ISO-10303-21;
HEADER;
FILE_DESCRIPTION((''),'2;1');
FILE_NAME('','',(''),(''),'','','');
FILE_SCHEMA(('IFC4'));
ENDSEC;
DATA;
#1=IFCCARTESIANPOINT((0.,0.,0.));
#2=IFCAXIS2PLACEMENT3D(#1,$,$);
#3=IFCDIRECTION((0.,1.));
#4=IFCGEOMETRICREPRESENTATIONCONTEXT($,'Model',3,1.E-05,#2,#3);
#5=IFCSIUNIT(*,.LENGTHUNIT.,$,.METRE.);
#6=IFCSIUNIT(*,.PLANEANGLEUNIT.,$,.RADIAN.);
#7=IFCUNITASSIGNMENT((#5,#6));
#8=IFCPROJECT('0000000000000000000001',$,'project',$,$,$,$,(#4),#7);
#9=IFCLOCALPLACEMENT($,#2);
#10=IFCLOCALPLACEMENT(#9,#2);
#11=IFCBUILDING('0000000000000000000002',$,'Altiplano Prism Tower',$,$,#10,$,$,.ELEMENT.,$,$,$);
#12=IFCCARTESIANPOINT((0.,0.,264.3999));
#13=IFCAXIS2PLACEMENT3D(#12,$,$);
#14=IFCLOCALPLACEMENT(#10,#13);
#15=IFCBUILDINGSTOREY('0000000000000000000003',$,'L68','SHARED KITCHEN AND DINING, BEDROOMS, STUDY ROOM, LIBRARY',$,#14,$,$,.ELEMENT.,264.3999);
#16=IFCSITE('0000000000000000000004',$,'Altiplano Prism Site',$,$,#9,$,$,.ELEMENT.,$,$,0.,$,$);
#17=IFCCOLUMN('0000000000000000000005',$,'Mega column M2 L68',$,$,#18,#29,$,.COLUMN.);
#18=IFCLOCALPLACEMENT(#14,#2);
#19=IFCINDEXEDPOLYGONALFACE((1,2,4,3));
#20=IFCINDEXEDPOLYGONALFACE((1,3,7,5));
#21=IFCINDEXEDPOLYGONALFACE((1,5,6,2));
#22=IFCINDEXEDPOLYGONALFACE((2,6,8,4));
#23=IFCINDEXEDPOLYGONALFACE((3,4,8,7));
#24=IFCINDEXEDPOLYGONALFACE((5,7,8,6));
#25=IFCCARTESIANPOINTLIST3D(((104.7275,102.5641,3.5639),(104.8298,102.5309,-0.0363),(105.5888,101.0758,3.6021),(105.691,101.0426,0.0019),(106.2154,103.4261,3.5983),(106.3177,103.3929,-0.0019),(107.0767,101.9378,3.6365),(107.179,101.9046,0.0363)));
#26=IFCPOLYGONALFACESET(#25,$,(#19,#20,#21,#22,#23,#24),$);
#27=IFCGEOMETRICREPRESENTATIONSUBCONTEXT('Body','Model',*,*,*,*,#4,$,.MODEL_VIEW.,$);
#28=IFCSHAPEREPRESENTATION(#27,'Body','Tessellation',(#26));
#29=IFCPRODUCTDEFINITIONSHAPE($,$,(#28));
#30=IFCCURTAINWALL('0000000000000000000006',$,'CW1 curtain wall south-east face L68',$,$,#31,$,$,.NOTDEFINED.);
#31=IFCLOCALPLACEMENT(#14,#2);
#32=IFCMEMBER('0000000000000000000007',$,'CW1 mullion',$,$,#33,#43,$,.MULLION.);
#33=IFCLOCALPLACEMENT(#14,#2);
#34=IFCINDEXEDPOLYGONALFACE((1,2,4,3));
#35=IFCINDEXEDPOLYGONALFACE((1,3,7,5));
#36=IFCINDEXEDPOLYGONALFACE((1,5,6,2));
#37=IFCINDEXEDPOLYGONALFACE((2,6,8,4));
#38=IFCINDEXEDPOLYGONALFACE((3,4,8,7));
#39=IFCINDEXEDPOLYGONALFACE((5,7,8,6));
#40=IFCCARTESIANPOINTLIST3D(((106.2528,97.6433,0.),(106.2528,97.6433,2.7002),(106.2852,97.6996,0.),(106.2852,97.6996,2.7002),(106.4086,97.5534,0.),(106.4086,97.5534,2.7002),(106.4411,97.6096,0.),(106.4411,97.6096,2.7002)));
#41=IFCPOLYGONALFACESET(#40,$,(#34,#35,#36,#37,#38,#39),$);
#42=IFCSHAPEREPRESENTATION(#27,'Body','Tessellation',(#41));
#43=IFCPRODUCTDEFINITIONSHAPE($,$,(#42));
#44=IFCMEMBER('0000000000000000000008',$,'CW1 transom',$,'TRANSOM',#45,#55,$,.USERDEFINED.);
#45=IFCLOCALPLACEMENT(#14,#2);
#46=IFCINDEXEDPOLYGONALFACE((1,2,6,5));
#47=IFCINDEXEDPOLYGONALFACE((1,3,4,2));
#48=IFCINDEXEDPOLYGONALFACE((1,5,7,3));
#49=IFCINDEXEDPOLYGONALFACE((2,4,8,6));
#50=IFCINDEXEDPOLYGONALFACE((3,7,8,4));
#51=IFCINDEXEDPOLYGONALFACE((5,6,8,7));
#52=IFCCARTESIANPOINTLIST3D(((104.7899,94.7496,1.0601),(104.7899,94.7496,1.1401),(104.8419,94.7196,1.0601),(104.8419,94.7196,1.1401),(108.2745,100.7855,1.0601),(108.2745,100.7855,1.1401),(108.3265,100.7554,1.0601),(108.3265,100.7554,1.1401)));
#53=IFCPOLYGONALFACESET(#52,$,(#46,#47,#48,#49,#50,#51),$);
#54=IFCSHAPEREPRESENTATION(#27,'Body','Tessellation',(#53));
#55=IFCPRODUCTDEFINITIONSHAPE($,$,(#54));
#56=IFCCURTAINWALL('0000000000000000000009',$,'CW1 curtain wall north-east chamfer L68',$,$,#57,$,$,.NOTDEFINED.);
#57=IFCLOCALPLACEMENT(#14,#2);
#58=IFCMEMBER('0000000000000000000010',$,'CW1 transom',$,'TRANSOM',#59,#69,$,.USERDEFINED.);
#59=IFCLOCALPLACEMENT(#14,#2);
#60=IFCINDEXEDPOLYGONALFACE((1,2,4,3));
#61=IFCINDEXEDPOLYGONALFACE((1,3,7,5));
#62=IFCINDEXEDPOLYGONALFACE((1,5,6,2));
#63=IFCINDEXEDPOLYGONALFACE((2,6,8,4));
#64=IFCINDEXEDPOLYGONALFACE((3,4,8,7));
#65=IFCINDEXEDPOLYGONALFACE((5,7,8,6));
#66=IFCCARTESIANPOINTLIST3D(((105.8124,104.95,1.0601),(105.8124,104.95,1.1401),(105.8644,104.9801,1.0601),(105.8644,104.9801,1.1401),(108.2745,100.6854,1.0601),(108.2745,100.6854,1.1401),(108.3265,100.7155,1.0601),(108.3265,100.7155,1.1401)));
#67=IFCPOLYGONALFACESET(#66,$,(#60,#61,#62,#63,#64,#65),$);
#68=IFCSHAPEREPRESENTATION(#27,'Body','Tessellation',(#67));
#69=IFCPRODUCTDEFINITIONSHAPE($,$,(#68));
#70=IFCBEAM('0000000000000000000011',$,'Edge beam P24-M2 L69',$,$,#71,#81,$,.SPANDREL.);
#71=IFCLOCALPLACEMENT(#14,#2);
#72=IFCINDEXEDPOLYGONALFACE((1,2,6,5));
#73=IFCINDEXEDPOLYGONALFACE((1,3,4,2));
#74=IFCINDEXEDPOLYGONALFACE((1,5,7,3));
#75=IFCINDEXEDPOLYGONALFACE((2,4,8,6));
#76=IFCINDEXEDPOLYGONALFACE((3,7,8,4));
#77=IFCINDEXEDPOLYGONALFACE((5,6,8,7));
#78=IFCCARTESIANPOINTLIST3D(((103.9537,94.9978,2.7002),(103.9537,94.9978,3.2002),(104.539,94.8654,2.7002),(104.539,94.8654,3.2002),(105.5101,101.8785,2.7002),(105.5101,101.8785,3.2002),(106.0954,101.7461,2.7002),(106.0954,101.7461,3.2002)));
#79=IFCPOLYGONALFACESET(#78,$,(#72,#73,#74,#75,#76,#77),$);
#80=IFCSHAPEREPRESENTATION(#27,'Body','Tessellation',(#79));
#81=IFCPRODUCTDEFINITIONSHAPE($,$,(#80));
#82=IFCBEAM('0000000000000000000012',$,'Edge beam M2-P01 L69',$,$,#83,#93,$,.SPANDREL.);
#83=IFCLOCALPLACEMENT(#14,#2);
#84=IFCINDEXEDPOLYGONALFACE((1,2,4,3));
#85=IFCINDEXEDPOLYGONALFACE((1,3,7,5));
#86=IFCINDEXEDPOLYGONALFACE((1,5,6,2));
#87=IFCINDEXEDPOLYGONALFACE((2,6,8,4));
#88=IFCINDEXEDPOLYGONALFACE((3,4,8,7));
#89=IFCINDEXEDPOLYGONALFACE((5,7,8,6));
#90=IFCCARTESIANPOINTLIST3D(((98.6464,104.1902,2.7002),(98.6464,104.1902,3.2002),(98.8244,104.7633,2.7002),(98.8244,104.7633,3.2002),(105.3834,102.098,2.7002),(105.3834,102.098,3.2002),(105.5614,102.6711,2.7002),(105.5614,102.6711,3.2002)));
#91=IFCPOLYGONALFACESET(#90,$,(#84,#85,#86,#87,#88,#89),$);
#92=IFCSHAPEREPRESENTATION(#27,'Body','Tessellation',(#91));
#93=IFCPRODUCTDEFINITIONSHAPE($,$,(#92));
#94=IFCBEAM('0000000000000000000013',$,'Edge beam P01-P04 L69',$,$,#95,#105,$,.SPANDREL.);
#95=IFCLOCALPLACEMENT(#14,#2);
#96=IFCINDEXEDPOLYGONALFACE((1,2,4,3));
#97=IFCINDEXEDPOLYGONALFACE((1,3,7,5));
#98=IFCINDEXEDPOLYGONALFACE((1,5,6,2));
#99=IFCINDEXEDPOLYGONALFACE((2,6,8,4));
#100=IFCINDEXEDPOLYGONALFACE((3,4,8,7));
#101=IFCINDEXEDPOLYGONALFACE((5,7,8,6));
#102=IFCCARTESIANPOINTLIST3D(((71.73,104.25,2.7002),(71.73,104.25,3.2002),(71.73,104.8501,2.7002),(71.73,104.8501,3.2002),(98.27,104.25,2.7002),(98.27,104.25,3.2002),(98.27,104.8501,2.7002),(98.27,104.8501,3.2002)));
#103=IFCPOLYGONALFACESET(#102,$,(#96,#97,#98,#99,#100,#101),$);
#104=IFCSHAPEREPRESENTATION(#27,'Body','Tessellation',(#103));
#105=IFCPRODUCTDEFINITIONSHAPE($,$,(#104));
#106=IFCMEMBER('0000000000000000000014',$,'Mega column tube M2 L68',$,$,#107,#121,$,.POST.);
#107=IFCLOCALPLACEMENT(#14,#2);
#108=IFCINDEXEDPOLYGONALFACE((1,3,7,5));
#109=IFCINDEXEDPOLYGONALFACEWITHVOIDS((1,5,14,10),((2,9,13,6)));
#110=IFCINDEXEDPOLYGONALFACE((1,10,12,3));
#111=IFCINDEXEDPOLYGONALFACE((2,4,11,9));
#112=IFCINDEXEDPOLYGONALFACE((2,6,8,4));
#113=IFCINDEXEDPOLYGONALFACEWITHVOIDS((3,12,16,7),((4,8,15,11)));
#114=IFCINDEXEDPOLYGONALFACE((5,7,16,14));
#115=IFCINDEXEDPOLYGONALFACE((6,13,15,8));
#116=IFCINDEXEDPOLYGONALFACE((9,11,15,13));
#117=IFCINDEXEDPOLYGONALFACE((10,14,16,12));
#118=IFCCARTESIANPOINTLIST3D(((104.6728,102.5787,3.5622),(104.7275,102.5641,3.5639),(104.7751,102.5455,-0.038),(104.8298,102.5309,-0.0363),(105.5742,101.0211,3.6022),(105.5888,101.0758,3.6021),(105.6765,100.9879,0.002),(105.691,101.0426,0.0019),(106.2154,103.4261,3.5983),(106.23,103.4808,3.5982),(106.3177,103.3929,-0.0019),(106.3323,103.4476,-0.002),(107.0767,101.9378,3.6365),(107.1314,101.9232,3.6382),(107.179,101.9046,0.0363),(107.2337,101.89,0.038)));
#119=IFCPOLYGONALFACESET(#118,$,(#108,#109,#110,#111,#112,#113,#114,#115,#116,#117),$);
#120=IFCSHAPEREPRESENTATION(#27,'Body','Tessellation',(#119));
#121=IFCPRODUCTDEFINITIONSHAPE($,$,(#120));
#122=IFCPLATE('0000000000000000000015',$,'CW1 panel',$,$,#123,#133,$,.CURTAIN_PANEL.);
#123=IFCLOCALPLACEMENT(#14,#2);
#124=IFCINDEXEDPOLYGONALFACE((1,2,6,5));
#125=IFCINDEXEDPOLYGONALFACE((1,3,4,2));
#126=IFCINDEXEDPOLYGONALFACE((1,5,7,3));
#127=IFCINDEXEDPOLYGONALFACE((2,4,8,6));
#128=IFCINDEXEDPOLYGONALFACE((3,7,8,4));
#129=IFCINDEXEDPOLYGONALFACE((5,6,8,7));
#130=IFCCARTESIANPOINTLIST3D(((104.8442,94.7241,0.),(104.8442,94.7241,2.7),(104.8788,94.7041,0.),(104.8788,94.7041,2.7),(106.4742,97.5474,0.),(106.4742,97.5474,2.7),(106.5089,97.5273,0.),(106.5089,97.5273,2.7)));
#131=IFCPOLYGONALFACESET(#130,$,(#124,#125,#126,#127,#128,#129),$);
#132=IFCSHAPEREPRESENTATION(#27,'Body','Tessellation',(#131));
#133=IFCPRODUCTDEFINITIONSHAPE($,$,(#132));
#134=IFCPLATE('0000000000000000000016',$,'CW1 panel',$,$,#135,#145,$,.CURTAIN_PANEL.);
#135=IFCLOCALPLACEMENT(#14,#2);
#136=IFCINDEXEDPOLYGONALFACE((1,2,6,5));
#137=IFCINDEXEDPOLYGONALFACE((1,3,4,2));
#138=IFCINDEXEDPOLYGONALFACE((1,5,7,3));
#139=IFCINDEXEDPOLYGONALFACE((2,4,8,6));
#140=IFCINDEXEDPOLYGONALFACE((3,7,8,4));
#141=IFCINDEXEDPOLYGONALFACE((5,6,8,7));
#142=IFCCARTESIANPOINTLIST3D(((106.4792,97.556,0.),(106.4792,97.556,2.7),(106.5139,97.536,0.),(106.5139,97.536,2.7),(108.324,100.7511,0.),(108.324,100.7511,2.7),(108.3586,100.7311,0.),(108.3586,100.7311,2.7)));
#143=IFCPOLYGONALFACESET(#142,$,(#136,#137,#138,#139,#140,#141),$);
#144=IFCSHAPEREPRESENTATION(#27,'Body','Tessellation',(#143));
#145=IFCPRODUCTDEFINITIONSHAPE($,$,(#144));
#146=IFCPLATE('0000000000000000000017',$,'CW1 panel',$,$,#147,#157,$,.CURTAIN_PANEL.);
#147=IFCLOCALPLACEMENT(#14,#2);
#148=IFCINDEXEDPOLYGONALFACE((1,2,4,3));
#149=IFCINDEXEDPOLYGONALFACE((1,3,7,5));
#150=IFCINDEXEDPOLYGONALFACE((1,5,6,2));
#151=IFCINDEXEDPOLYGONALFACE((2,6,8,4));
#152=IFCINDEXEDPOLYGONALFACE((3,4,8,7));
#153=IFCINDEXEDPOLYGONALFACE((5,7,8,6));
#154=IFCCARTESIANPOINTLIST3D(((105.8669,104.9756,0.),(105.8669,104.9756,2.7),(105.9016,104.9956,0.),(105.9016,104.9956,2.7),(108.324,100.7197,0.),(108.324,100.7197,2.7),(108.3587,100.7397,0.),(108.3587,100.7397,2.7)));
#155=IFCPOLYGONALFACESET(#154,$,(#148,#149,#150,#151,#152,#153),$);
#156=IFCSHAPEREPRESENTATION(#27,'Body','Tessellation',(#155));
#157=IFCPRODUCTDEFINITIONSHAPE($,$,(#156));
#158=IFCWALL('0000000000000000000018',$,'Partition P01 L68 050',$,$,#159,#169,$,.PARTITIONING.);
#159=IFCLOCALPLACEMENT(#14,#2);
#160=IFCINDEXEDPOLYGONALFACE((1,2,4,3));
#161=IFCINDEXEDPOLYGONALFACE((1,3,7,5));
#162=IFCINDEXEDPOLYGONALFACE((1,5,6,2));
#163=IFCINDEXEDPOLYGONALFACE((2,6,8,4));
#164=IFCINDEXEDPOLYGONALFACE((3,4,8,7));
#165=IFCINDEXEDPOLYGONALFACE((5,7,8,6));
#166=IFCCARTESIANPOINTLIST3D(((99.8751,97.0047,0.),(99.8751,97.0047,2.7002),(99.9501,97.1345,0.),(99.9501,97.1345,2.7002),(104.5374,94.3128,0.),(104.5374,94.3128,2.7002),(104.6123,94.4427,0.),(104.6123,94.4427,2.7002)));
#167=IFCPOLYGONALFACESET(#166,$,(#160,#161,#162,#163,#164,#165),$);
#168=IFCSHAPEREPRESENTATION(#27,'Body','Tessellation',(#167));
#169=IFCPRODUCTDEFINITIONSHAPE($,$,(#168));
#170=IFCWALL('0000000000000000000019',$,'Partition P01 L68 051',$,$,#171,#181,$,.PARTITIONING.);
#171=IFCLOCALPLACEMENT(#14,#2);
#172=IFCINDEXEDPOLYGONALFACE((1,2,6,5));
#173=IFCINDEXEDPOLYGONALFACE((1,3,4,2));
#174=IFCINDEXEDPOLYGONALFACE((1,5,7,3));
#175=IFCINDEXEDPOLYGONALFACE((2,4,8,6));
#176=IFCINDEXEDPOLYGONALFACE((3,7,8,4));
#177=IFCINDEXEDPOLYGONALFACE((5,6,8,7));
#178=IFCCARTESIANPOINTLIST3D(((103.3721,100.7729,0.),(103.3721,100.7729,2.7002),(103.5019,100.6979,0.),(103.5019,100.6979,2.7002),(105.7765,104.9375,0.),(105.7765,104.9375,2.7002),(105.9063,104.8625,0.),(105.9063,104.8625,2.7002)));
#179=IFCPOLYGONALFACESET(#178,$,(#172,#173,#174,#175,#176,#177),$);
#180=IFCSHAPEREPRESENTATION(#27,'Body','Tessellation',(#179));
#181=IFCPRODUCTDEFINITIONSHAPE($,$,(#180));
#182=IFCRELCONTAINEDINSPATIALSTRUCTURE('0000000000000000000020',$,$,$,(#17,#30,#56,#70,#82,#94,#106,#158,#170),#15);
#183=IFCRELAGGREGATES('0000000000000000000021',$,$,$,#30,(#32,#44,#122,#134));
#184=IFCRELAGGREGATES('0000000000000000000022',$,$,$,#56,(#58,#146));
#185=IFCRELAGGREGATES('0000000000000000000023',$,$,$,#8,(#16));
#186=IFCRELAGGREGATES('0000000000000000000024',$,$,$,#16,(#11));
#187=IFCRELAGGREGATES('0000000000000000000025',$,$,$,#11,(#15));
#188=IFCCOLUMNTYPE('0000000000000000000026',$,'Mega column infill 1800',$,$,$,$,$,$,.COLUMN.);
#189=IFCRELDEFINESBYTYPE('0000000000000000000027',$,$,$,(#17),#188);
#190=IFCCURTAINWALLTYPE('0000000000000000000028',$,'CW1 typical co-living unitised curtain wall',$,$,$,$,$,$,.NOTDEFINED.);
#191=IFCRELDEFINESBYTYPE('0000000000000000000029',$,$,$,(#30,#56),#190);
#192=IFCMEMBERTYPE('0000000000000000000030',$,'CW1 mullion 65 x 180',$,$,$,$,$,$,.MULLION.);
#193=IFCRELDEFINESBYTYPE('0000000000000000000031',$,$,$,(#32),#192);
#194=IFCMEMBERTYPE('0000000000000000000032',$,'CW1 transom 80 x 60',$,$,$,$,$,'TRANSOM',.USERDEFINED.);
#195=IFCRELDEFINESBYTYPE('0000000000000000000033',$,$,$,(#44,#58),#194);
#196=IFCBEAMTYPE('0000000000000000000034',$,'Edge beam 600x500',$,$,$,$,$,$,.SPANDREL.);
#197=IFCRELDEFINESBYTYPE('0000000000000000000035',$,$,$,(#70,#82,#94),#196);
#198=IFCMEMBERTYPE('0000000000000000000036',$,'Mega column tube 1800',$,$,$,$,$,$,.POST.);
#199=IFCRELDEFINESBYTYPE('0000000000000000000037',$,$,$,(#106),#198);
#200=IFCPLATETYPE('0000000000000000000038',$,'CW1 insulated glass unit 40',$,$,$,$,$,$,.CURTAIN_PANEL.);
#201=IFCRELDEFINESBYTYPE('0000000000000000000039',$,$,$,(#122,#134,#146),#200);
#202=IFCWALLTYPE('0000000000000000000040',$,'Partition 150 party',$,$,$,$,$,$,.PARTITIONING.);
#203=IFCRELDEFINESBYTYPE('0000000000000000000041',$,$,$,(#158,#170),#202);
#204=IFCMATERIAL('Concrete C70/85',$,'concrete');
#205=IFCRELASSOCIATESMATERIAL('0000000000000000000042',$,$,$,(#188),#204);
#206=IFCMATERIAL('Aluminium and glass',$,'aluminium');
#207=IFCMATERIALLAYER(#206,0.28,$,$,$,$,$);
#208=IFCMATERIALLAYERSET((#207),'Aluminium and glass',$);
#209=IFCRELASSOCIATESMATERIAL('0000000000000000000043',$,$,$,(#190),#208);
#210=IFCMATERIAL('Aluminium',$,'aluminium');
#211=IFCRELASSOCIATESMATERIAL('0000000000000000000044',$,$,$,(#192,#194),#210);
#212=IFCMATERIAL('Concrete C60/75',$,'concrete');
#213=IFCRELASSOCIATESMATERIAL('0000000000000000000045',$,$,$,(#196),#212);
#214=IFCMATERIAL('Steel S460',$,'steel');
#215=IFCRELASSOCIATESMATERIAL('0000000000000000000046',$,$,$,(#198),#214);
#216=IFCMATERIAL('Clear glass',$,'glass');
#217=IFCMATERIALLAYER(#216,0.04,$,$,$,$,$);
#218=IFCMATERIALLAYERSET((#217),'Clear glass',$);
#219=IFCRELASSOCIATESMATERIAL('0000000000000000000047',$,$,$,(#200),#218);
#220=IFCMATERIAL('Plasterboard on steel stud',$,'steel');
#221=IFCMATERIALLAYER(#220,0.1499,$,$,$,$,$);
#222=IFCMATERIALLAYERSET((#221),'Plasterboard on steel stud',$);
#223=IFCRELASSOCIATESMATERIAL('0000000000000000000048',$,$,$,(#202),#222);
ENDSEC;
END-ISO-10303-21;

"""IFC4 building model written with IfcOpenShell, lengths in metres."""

from ifc_helpers import new_model, si_unit, direction, frame, frame_2d, origin, origin_2d, place, context, subcontext, project, spatial, rectangle, hollow_rectangle, extrude, material, layer, layer_set, material_profile, profile_set, type_object, element, aggregate, save


model = new_model("IFC4")

# Units and contexts
model_context = context("Model", 3, precision=1e-05, world=origin(), true_north=direction((0.0, 1.0)))
body_context = subcontext(model_context, "Body", "Model", "MODEL_VIEW")
ifc_project = project(units=[si_unit("LENGTHUNIT", "METRE"), si_unit("PLANEANGLEUNIT", "RADIAN")], contexts=[model_context])

# Site, building, storey
site_placement = place(None, origin())
site = spatial("IfcSite", under=ifc_project, at=site_placement, Name="Altiplano Prism Site", CompositionType="ELEMENT", RefElevation=0.0)
building_placement = place(site_placement, origin())
building = spatial("IfcBuilding", under=site, at=building_placement, Name="Altiplano Prism Tower", CompositionType="ELEMENT")
storey_placement = place(building_placement, frame((0.0, 0.0, 264.3999)))
storey = spatial("IfcBuildingStorey", under=building, at=storey_placement, Name="L68", Description="SHARED KITCHEN AND DINING, BEDROOMS, STUDY ROOM, LIBRARY", CompositionType="ELEMENT", Elevation=264.3999)

# Column
ifc_material_1 = material(Name="Concrete C70/85", Category="concrete")
ifc_material_profile_1 = material_profile(ifc_material_1, rectangle(XDim=1.72, YDim=1.72, at=origin_2d()), Name="Mega column infill 1800")
ifc_profile_set_1 = profile_set([ifc_material_profile_1], Name="Concrete C70/85")
column_type = type_object("IfcColumnType", Name="Mega column infill 1800", PredefinedType="COLUMN", material=ifc_profile_set_1)
column_placement = place(storey_placement, frame((106.0044, 102.2178, 0.0), z_axis=(-0.028402, 0.009219, 0.999554), x_axis=(0.50076, -0.865301, 0.022209)))
element("IfcColumn", 1, at=column_placement, inside=storey, type_object=column_type, Name="Mega column M2 L68", PredefinedType="COLUMN", context=body_context, shape_type="SweptSolid", body=[
    extrude(rectangle(XDim=1.72, YDim=1.72, at=origin_2d()), origin(), (0.0, 0.0, 1.0), 3.6018),
])

# Curtain wall, members
ifc_material_2 = material(Name="Aluminium and glass", Category="aluminium")
ifc_layer_1 = layer(ifc_material_2, 0.28)
ifc_layer_set_1 = layer_set([ifc_layer_1], Name="Aluminium and glass")
curtain_wall_type = type_object("IfcCurtainWallType", Name="CW1 typical co-living unitised curtain wall", PredefinedType="NOTDEFINED", material=ifc_layer_set_1)
curtain_wall_1_placement = place(storey_placement, origin())
curtain_wall_1 = element("IfcCurtainWall", 2, at=curtain_wall_1_placement, inside=storey, type_object=curtain_wall_type, Name="CW1 curtain wall south-east face L68", PredefinedType="NOTDEFINED")
ifc_material_3 = material(Name="Aluminium", Category="aluminium")
ifc_material_profile_2 = material_profile(ifc_material_3, rectangle(XDim=0.1799, YDim=0.0649, at=origin_2d()), Name="CW1 mullion 65 x 180")
ifc_profile_set_2 = profile_set([ifc_material_profile_2], Name="Aluminium")
member_type_1 = type_object("IfcMemberType", Name="CW1 mullion 65 x 180", PredefinedType="MULLION", material=ifc_profile_set_2)
member_1_placement = place(storey_placement, frame((106.3469, 97.6265, 0.0), z_axis=(0.0, 0.0, 1.0), x_axis=(-0.866025, 0.5, 0.0)))
member_1 = element("IfcMember", 3, at=member_1_placement, type_object=member_type_1, Name="CW1 mullion", PredefinedType="MULLION", context=body_context, shape_type="SweptSolid", body=[
    extrude(rectangle(XDim=0.1799, YDim=0.0649, at=origin_2d()), origin(), (0.0, 0.0, 1.0), 2.7002),
])
ifc_material_profile_3 = material_profile(ifc_material_3, rectangle(XDim=0.0601, YDim=0.0801, at=origin_2d()), Name="CW1 transom 80 x 60")
ifc_profile_set_3 = profile_set([ifc_material_profile_3], Name="Aluminium")
member_type_2 = type_object("IfcMemberType", Name="CW1 transom 80 x 60", ElementType="TRANSOM", PredefinedType="USERDEFINED", material=ifc_profile_set_3)
member_2_placement = place(storey_placement, frame((104.8159, 94.7346, 1.1001), z_axis=(0.499978, 0.866038, 0.0), x_axis=(-0.866038, 0.499978, 0.0)))
member_2 = element("IfcMember", 4, at=member_2_placement, type_object=member_type_2, Name="CW1 transom", ObjectType="TRANSOM", PredefinedType="USERDEFINED", context=body_context, shape_type="SweptSolid", body=[
    extrude(rectangle(XDim=0.0601, YDim=0.0801, at=origin_2d()), origin(), (0.0, 0.0, 1.0), 6.9695),
])

# Curtain wall, member
curtain_wall_2_placement = place(storey_placement, origin())
curtain_wall_2 = element("IfcCurtainWall", 5, at=curtain_wall_2_placement, inside=storey, type_object=curtain_wall_type, Name="CW1 curtain wall north-east chamfer L68", PredefinedType="NOTDEFINED")
member_3_placement = place(storey_placement, frame((108.3005, 100.7004, 1.1001), z_axis=(-0.499994, 0.866029, 0.0), x_axis=(-0.866029, -0.499994, 0.0)))
member_3 = element("IfcMember", 6, at=member_3_placement, type_object=member_type_2, Name="CW1 transom", ObjectType="TRANSOM", PredefinedType="USERDEFINED", context=body_context, shape_type="SweptSolid", body=[
    extrude(rectangle(XDim=0.0601, YDim=0.0801, at=origin_2d()), origin(), (0.0, 0.0, 1.0), 4.9243),
])

# Beams
ifc_material_4 = material(Name="Concrete C60/75", Category="concrete")
ifc_material_profile_4 = material_profile(ifc_material_4, rectangle(XDim=0.6001, YDim=0.5, at=origin_2d()), Name="Edge beam 600x500")
ifc_profile_set_4 = profile_set([ifc_material_profile_4], Name="Concrete C60/75")
beam_type = type_object("IfcBeamType", Name="Edge beam 600x500", PredefinedType="SPANDREL", material=ifc_profile_set_4)
for number, where, z_axis, x_axis, name in (
    (7, (104.2463, 94.9316, 2.9502), (0.220626, 0.975358, 0.0), (-0.975358, 0.220626, 0.0), "Edge beam P24-M2 L69"),
    (8, (105.4724, 102.3845, 2.9502), (-0.955005, 0.29659, 0.0), (-0.29659, -0.955005, 0.0), "Edge beam M2-P01 L69"),
):
    element("IfcBeam", number, at=place(storey_placement, frame(where, z_axis=z_axis, x_axis=x_axis)), inside=storey, type_object=beam_type, Name=name, PredefinedType="SPANDREL", context=body_context, shape_type="SweptSolid", body=[
        extrude(rectangle(XDim=0.6001, YDim=0.5, at=origin_2d()), origin(), (0.0, 0.0, 1.0), 7.0544),
    ])
beam_placement = place(storey_placement, frame((98.27, 104.55, 2.9502), z_axis=(-1.0, 0.0, 0.0), x_axis=(0.0, -1.0, 0.0)))
element("IfcBeam", 9, at=beam_placement, inside=storey, type_object=beam_type, Name="Edge beam P01-P04 L69", PredefinedType="SPANDREL", context=body_context, shape_type="SweptSolid", body=[
    extrude(rectangle(XDim=0.6001, YDim=0.5, at=origin_2d()), origin(), (0.0, 0.0, 1.0), 26.54),
])

# Member
ifc_material_5 = material(Name="Steel S460", Category="steel")
ifc_material_profile_5 = material_profile(ifc_material_5, hollow_rectangle(XDim=1.8, YDim=1.8, WallThickness=0.04, at=origin_2d()), Name="Mega column tube 1800")
ifc_profile_set_5 = profile_set([ifc_material_profile_5], Name="Steel S460")
member_type_3 = type_object("IfcMemberType", Name="Mega column tube 1800", PredefinedType="POST", material=ifc_profile_set_5)
member_4_placement = place(storey_placement, frame((106.0044, 102.2178, 0.0), z_axis=(-0.028402, 0.009219, 0.999554), x_axis=(0.50076, -0.865301, 0.022209)))
element("IfcMember", 10, at=member_4_placement, inside=storey, type_object=member_type_3, Name="Mega column tube M2 L68", PredefinedType="POST", context=body_context, shape_type="SweptSolid", body=[
    extrude(hollow_rectangle(XDim=1.8, YDim=1.8, WallThickness=0.04, at=origin_2d()), origin(), (0.0, 0.0, 1.0), 3.6018),
])

# Plates
ifc_material_6 = material(Name="Clear glass", Category="glass")
ifc_layer_2 = layer(ifc_material_6, 0.04)
ifc_layer_set_2 = layer_set([ifc_layer_2], Name="Clear glass")
plate_type = type_object("IfcPlateType", Name="CW1 insulated glass unit 40", PredefinedType="CURTAIN_PANEL", material=ifc_layer_set_2)
plate_1_placement = place(storey_placement, frame((105.6765, 96.1257, 0.0), z_axis=(0.0, 0.0, 1.0), x_axis=(0.5, 0.866025, 0.0)))
plate_1 = element("IfcPlate", 11, at=plate_1_placement, type_object=plate_type, Name="CW1 panel", PredefinedType="CURTAIN_PANEL", context=body_context, shape_type="SweptSolid", body=[
    extrude(rectangle(XDim=3.26, YDim=0.04, at=origin_2d()), origin(), (0.0, 0.0, 1.0), 2.7),
])
plate_2_placement = place(storey_placement, frame((107.4189, 99.1436, 0.0), z_axis=(0.0, 0.0, 1.0), x_axis=(0.5, 0.866025, 0.0)))
plate_2 = element("IfcPlate", 12, at=plate_2_placement, type_object=plate_type, Name="CW1 panel", PredefinedType="CURTAIN_PANEL", context=body_context, shape_type="SweptSolid", body=[
    extrude(rectangle(XDim=3.6895, YDim=0.04, at=origin_2d()), origin(), (0.0, 0.0, 1.0), 2.7),
])
aggregate(curtain_wall_1, [member_1, member_2, plate_1, plate_2])
plate_3_placement = place(storey_placement, frame((107.1128, 102.8577, 0.0), z_axis=(0.0, 0.0, 1.0), x_axis=(-0.5, 0.866025, 0.0)))
plate_3 = element("IfcPlate", 13, at=plate_3_placement, type_object=plate_type, Name="CW1 panel", PredefinedType="CURTAIN_PANEL", context=body_context, shape_type="SweptSolid", body=[
    extrude(rectangle(XDim=4.9143, YDim=0.04, at=origin_2d()), origin(), (0.0, 0.0, 1.0), 2.7),
])
aggregate(curtain_wall_2, [member_3, plate_3])

# Walls
ifc_material_7 = material(Name="Plasterboard on steel stud", Category="steel")
ifc_layer_3 = layer(ifc_material_7, 0.1499)
ifc_layer_set_3 = layer_set([ifc_layer_3], Name="Plasterboard on steel stud")
wall_type = type_object("IfcWallType", Name="Partition 150 party", PredefinedType="PARTITIONING", material=ifc_layer_set_3)
wall_1_placement = place(storey_placement, frame((104.575, 94.3777, 0.0), z_axis=(0.0, 0.0, 1.0), x_axis=(-0.866019, 0.500012, 0.0)))
element("IfcWall", 14, at=wall_1_placement, inside=storey, type_object=wall_type, Name="Partition P01 L68 050", PredefinedType="PARTITIONING", context=body_context, shape_type="SweptSolid", body=[
    extrude(rectangle(XDim=5.3835, YDim=0.1499, at=frame_2d((2.6919, 0.0))), origin(), (0.0, 0.0, 1.0), 2.7002),
])
wall_2_placement = place(storey_placement, frame((105.8413, 104.8999, 0.0), z_axis=(0.0, 0.0, 1.0), x_axis=(-0.499983, -0.866035, 0.0)))
element("IfcWall", 15, at=wall_2_placement, inside=storey, type_object=wall_type, Name="Partition P01 L68 051", PredefinedType="PARTITIONING", context=body_context, shape_type="SweptSolid", body=[
    extrude(rectangle(XDim=4.8088, YDim=0.1499, at=frame_2d((2.4043, 0.0))), origin(), (0.0, 0.0, 1.0), 2.7002),
])

save(model, "model.ifc")
